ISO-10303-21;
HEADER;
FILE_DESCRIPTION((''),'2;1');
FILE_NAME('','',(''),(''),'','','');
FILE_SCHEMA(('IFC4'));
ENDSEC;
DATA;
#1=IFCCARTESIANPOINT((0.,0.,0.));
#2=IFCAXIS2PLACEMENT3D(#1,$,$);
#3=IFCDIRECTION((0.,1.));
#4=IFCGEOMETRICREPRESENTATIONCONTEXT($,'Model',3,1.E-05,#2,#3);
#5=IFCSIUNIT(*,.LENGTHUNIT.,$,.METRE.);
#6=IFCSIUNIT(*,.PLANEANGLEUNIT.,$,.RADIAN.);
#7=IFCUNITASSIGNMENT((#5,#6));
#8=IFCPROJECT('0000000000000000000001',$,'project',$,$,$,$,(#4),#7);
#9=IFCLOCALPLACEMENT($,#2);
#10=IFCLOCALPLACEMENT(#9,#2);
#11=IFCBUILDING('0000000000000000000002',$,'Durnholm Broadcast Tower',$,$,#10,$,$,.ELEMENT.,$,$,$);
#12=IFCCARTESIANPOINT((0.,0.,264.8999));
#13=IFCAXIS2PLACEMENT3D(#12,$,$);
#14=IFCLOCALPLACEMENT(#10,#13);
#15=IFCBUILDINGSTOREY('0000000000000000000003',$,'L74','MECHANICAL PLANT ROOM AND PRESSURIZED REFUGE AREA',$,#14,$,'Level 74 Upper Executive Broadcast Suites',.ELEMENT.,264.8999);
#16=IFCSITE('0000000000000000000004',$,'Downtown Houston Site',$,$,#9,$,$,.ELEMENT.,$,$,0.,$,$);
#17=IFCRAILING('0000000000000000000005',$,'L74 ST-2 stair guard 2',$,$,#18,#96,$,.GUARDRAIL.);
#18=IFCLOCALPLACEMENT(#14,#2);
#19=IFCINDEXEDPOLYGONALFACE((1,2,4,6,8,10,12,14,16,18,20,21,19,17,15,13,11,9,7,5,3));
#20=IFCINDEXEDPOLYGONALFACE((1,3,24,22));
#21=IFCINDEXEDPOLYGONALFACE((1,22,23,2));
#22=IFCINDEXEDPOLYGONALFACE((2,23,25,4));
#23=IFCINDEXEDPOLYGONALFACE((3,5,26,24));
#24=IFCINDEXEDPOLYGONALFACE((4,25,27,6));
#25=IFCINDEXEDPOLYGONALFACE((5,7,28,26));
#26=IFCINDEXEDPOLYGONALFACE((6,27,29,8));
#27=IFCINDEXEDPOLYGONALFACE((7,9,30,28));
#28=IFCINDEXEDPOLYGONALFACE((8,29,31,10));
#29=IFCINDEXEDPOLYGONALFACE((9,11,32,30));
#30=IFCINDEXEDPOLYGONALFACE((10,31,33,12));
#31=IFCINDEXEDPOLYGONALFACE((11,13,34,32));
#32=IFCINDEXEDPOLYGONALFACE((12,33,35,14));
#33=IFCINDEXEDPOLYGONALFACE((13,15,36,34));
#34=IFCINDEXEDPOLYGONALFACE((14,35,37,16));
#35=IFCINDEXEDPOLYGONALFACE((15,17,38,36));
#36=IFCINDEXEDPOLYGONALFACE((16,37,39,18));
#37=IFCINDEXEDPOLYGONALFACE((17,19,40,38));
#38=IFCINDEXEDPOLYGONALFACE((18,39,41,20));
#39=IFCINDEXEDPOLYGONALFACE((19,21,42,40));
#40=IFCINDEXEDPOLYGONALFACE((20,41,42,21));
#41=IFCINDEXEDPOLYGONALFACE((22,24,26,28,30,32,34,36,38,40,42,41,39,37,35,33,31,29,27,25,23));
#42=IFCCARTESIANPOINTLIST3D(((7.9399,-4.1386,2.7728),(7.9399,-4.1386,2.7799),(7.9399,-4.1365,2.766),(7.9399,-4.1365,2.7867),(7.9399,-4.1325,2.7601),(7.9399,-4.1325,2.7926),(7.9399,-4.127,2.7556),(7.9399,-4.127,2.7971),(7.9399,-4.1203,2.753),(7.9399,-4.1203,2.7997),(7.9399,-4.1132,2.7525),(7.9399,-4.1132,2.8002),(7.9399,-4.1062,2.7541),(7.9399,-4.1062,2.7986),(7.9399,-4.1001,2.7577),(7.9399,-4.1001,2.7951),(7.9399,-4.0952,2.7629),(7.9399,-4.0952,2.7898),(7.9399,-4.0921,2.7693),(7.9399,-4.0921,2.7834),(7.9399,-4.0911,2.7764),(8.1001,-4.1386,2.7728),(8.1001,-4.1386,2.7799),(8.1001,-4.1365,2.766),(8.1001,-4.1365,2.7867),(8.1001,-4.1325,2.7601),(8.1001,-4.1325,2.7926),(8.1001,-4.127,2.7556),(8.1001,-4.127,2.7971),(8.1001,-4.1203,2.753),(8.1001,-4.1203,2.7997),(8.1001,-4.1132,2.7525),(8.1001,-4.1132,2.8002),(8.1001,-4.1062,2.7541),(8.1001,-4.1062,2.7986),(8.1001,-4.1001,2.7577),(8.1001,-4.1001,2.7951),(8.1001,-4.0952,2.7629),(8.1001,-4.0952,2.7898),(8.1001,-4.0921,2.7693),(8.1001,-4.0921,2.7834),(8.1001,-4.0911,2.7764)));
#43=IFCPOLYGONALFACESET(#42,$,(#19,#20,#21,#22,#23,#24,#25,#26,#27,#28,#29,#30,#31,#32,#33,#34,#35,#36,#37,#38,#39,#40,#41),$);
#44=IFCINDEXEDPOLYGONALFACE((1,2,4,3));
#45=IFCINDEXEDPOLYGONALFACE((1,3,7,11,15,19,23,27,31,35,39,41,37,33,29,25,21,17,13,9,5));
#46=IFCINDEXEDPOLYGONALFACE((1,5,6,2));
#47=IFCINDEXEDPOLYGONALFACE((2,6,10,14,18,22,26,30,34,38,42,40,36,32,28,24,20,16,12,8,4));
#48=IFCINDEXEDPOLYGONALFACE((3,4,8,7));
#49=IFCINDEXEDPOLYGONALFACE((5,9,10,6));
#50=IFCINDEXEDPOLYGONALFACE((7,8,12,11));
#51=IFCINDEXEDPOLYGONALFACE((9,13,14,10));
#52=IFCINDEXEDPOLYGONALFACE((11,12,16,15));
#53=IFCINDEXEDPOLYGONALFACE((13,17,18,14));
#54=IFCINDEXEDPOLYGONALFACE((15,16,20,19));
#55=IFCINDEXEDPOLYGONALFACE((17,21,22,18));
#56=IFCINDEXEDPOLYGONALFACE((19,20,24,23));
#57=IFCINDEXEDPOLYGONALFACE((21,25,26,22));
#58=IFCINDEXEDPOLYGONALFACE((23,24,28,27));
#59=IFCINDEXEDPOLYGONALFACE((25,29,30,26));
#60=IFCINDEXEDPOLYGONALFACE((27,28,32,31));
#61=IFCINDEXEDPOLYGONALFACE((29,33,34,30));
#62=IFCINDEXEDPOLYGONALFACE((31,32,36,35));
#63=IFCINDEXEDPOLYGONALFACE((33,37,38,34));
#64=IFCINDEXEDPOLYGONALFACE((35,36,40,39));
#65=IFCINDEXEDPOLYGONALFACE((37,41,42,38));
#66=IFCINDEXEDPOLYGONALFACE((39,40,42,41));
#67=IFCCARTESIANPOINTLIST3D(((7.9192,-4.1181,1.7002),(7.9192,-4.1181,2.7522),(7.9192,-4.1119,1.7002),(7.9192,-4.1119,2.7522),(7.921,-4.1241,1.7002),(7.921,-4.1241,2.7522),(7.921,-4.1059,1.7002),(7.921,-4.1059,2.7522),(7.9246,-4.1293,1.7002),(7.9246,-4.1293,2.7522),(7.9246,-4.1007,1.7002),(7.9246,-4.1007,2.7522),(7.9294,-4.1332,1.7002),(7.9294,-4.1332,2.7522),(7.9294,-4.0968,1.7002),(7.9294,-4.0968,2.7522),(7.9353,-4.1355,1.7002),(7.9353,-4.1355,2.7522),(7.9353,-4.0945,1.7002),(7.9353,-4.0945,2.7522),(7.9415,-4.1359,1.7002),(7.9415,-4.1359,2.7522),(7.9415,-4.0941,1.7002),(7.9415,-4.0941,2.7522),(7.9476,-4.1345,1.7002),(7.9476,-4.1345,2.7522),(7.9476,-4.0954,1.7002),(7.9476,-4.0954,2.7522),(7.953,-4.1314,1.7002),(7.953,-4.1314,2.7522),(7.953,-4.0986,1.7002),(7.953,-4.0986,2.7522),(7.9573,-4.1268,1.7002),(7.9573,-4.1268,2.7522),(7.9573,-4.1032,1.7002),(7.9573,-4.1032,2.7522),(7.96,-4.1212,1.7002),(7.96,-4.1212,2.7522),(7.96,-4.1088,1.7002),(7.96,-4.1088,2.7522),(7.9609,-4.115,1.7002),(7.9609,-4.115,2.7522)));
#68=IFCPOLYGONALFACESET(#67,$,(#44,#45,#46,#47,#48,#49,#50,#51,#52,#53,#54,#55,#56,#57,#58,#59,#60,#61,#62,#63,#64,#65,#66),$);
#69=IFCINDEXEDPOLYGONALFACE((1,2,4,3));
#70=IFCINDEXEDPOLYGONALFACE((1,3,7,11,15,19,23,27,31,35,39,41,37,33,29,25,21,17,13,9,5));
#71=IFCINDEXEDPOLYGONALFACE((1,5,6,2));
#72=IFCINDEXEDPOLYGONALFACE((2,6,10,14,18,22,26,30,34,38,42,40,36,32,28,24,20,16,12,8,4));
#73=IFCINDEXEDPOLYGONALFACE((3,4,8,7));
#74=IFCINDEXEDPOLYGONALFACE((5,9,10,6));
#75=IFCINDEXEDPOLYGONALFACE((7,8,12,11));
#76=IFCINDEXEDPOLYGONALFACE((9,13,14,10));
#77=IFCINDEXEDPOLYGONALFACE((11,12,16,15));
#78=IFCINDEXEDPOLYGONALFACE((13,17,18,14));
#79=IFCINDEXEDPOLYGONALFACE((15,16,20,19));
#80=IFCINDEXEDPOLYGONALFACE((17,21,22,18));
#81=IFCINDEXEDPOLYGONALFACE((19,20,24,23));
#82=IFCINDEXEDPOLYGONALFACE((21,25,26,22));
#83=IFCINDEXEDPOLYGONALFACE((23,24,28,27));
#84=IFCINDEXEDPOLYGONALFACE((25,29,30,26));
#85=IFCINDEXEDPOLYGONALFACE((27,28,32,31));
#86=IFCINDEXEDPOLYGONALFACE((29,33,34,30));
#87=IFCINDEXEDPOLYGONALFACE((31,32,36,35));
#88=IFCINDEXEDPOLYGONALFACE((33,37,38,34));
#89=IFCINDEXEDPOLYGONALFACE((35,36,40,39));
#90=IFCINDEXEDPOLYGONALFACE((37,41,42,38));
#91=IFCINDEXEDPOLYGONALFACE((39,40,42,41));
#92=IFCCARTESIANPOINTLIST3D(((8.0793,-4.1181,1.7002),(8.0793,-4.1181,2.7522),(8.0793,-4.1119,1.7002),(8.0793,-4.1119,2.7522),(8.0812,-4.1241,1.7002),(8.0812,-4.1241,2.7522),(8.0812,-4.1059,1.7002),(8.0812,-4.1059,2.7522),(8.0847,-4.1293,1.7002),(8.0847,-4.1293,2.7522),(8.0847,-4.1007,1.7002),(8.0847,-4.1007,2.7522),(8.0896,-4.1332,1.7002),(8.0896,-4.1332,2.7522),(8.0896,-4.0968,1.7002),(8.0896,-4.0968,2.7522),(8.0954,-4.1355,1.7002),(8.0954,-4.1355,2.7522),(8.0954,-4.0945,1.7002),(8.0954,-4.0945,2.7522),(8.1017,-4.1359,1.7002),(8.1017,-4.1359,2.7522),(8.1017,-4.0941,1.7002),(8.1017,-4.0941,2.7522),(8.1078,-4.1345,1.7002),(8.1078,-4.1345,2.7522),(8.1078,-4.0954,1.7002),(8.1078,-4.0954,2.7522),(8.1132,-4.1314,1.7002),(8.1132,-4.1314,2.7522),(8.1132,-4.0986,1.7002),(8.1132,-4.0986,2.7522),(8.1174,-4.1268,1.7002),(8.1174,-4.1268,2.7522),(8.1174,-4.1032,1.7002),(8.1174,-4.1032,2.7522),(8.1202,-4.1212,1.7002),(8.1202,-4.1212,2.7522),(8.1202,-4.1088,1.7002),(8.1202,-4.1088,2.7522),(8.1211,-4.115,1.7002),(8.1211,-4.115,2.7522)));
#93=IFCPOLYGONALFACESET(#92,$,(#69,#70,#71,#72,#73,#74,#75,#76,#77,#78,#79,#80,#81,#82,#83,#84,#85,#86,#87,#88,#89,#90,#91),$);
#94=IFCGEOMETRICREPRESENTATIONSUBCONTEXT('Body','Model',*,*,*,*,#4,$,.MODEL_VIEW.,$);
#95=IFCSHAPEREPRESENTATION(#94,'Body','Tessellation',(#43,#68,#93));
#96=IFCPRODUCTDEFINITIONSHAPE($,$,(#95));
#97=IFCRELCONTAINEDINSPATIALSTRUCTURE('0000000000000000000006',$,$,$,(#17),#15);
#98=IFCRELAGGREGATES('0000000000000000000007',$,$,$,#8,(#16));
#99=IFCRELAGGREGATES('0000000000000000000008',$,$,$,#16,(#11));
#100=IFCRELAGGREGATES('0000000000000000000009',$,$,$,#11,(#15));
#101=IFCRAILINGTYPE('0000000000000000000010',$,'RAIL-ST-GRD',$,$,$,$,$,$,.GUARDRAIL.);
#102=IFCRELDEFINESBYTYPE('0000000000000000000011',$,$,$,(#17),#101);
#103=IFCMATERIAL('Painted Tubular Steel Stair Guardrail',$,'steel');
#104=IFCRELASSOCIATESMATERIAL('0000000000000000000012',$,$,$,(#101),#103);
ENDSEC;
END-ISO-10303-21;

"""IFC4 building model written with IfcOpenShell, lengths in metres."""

from ifc_helpers import new_model, si_unit, direction, frame, origin, origin_2d, place, context, subcontext, project, spatial, circle, extrude, material, type_object, element, save


model = new_model("IFC4")

# Units and contexts
model_context = context("Model", 3, precision=1e-05, world=origin(), true_north=direction((0.0, 1.0)))
body_context = subcontext(model_context, "Body", "Model", "MODEL_VIEW")
ifc_project = project(units=[si_unit("LENGTHUNIT", "METRE"), si_unit("PLANEANGLEUNIT", "RADIAN")], contexts=[model_context])

# Site, building, storey
site_placement = place(None, origin())
site = spatial("IfcSite", under=ifc_project, at=site_placement, Name="Downtown Houston Site", CompositionType="ELEMENT", RefElevation=0.0)
building_placement = place(site_placement, origin())
building = spatial("IfcBuilding", under=site, at=building_placement, Name="Durnholm Broadcast Tower", CompositionType="ELEMENT")
storey_placement = place(building_placement, frame((0.0, 0.0, 264.8999)))
storey = spatial("IfcBuildingStorey", under=building, at=storey_placement, Name="L74", Description="MECHANICAL PLANT ROOM AND PRESSURIZED REFUGE AREA", LongName="Level 74 Upper Executive Broadcast Suites", CompositionType="ELEMENT", Elevation=264.8999)

# Railing
ifc_material_1 = material(Name="Painted Tubular Steel Stair Guardrail", Category="steel")
railing_type_1 = type_object("IfcRailingType", Name="RAIL-ST-GRD", PredefinedType="GUARDRAIL", material=ifc_material_1)
railing_1_placement = place(storey_placement, frame((7.9399, -4.115, 1.7002)))
element("IfcRailing", 1, at=railing_1_placement, inside=storey, type_object=railing_type_1, Name="L74 ST-2 stair guard 2", PredefinedType="GUARDRAIL", context=body_context, shape_type="SweptSolid", body=[
    extrude(circle(Radius=0.0239, at=origin_2d()), frame((0.0, 0.0, 1.0762), z_axis=(1.0, 0.0, 0.0), x_axis=(0.0, 1.0, 0.0)), (0.0, 0.0, 1.0), 0.1602),
    extrude(circle(Radius=0.021, at=origin_2d()), origin(), (0.0, 0.0, 1.0), 1.052),
    extrude(circle(Radius=0.021, at=origin_2d()), frame((0.1602, 0.0, 0.0)), (0.0, 0.0, 1.0), 1.052),
])

save(model, "model.ifc")
